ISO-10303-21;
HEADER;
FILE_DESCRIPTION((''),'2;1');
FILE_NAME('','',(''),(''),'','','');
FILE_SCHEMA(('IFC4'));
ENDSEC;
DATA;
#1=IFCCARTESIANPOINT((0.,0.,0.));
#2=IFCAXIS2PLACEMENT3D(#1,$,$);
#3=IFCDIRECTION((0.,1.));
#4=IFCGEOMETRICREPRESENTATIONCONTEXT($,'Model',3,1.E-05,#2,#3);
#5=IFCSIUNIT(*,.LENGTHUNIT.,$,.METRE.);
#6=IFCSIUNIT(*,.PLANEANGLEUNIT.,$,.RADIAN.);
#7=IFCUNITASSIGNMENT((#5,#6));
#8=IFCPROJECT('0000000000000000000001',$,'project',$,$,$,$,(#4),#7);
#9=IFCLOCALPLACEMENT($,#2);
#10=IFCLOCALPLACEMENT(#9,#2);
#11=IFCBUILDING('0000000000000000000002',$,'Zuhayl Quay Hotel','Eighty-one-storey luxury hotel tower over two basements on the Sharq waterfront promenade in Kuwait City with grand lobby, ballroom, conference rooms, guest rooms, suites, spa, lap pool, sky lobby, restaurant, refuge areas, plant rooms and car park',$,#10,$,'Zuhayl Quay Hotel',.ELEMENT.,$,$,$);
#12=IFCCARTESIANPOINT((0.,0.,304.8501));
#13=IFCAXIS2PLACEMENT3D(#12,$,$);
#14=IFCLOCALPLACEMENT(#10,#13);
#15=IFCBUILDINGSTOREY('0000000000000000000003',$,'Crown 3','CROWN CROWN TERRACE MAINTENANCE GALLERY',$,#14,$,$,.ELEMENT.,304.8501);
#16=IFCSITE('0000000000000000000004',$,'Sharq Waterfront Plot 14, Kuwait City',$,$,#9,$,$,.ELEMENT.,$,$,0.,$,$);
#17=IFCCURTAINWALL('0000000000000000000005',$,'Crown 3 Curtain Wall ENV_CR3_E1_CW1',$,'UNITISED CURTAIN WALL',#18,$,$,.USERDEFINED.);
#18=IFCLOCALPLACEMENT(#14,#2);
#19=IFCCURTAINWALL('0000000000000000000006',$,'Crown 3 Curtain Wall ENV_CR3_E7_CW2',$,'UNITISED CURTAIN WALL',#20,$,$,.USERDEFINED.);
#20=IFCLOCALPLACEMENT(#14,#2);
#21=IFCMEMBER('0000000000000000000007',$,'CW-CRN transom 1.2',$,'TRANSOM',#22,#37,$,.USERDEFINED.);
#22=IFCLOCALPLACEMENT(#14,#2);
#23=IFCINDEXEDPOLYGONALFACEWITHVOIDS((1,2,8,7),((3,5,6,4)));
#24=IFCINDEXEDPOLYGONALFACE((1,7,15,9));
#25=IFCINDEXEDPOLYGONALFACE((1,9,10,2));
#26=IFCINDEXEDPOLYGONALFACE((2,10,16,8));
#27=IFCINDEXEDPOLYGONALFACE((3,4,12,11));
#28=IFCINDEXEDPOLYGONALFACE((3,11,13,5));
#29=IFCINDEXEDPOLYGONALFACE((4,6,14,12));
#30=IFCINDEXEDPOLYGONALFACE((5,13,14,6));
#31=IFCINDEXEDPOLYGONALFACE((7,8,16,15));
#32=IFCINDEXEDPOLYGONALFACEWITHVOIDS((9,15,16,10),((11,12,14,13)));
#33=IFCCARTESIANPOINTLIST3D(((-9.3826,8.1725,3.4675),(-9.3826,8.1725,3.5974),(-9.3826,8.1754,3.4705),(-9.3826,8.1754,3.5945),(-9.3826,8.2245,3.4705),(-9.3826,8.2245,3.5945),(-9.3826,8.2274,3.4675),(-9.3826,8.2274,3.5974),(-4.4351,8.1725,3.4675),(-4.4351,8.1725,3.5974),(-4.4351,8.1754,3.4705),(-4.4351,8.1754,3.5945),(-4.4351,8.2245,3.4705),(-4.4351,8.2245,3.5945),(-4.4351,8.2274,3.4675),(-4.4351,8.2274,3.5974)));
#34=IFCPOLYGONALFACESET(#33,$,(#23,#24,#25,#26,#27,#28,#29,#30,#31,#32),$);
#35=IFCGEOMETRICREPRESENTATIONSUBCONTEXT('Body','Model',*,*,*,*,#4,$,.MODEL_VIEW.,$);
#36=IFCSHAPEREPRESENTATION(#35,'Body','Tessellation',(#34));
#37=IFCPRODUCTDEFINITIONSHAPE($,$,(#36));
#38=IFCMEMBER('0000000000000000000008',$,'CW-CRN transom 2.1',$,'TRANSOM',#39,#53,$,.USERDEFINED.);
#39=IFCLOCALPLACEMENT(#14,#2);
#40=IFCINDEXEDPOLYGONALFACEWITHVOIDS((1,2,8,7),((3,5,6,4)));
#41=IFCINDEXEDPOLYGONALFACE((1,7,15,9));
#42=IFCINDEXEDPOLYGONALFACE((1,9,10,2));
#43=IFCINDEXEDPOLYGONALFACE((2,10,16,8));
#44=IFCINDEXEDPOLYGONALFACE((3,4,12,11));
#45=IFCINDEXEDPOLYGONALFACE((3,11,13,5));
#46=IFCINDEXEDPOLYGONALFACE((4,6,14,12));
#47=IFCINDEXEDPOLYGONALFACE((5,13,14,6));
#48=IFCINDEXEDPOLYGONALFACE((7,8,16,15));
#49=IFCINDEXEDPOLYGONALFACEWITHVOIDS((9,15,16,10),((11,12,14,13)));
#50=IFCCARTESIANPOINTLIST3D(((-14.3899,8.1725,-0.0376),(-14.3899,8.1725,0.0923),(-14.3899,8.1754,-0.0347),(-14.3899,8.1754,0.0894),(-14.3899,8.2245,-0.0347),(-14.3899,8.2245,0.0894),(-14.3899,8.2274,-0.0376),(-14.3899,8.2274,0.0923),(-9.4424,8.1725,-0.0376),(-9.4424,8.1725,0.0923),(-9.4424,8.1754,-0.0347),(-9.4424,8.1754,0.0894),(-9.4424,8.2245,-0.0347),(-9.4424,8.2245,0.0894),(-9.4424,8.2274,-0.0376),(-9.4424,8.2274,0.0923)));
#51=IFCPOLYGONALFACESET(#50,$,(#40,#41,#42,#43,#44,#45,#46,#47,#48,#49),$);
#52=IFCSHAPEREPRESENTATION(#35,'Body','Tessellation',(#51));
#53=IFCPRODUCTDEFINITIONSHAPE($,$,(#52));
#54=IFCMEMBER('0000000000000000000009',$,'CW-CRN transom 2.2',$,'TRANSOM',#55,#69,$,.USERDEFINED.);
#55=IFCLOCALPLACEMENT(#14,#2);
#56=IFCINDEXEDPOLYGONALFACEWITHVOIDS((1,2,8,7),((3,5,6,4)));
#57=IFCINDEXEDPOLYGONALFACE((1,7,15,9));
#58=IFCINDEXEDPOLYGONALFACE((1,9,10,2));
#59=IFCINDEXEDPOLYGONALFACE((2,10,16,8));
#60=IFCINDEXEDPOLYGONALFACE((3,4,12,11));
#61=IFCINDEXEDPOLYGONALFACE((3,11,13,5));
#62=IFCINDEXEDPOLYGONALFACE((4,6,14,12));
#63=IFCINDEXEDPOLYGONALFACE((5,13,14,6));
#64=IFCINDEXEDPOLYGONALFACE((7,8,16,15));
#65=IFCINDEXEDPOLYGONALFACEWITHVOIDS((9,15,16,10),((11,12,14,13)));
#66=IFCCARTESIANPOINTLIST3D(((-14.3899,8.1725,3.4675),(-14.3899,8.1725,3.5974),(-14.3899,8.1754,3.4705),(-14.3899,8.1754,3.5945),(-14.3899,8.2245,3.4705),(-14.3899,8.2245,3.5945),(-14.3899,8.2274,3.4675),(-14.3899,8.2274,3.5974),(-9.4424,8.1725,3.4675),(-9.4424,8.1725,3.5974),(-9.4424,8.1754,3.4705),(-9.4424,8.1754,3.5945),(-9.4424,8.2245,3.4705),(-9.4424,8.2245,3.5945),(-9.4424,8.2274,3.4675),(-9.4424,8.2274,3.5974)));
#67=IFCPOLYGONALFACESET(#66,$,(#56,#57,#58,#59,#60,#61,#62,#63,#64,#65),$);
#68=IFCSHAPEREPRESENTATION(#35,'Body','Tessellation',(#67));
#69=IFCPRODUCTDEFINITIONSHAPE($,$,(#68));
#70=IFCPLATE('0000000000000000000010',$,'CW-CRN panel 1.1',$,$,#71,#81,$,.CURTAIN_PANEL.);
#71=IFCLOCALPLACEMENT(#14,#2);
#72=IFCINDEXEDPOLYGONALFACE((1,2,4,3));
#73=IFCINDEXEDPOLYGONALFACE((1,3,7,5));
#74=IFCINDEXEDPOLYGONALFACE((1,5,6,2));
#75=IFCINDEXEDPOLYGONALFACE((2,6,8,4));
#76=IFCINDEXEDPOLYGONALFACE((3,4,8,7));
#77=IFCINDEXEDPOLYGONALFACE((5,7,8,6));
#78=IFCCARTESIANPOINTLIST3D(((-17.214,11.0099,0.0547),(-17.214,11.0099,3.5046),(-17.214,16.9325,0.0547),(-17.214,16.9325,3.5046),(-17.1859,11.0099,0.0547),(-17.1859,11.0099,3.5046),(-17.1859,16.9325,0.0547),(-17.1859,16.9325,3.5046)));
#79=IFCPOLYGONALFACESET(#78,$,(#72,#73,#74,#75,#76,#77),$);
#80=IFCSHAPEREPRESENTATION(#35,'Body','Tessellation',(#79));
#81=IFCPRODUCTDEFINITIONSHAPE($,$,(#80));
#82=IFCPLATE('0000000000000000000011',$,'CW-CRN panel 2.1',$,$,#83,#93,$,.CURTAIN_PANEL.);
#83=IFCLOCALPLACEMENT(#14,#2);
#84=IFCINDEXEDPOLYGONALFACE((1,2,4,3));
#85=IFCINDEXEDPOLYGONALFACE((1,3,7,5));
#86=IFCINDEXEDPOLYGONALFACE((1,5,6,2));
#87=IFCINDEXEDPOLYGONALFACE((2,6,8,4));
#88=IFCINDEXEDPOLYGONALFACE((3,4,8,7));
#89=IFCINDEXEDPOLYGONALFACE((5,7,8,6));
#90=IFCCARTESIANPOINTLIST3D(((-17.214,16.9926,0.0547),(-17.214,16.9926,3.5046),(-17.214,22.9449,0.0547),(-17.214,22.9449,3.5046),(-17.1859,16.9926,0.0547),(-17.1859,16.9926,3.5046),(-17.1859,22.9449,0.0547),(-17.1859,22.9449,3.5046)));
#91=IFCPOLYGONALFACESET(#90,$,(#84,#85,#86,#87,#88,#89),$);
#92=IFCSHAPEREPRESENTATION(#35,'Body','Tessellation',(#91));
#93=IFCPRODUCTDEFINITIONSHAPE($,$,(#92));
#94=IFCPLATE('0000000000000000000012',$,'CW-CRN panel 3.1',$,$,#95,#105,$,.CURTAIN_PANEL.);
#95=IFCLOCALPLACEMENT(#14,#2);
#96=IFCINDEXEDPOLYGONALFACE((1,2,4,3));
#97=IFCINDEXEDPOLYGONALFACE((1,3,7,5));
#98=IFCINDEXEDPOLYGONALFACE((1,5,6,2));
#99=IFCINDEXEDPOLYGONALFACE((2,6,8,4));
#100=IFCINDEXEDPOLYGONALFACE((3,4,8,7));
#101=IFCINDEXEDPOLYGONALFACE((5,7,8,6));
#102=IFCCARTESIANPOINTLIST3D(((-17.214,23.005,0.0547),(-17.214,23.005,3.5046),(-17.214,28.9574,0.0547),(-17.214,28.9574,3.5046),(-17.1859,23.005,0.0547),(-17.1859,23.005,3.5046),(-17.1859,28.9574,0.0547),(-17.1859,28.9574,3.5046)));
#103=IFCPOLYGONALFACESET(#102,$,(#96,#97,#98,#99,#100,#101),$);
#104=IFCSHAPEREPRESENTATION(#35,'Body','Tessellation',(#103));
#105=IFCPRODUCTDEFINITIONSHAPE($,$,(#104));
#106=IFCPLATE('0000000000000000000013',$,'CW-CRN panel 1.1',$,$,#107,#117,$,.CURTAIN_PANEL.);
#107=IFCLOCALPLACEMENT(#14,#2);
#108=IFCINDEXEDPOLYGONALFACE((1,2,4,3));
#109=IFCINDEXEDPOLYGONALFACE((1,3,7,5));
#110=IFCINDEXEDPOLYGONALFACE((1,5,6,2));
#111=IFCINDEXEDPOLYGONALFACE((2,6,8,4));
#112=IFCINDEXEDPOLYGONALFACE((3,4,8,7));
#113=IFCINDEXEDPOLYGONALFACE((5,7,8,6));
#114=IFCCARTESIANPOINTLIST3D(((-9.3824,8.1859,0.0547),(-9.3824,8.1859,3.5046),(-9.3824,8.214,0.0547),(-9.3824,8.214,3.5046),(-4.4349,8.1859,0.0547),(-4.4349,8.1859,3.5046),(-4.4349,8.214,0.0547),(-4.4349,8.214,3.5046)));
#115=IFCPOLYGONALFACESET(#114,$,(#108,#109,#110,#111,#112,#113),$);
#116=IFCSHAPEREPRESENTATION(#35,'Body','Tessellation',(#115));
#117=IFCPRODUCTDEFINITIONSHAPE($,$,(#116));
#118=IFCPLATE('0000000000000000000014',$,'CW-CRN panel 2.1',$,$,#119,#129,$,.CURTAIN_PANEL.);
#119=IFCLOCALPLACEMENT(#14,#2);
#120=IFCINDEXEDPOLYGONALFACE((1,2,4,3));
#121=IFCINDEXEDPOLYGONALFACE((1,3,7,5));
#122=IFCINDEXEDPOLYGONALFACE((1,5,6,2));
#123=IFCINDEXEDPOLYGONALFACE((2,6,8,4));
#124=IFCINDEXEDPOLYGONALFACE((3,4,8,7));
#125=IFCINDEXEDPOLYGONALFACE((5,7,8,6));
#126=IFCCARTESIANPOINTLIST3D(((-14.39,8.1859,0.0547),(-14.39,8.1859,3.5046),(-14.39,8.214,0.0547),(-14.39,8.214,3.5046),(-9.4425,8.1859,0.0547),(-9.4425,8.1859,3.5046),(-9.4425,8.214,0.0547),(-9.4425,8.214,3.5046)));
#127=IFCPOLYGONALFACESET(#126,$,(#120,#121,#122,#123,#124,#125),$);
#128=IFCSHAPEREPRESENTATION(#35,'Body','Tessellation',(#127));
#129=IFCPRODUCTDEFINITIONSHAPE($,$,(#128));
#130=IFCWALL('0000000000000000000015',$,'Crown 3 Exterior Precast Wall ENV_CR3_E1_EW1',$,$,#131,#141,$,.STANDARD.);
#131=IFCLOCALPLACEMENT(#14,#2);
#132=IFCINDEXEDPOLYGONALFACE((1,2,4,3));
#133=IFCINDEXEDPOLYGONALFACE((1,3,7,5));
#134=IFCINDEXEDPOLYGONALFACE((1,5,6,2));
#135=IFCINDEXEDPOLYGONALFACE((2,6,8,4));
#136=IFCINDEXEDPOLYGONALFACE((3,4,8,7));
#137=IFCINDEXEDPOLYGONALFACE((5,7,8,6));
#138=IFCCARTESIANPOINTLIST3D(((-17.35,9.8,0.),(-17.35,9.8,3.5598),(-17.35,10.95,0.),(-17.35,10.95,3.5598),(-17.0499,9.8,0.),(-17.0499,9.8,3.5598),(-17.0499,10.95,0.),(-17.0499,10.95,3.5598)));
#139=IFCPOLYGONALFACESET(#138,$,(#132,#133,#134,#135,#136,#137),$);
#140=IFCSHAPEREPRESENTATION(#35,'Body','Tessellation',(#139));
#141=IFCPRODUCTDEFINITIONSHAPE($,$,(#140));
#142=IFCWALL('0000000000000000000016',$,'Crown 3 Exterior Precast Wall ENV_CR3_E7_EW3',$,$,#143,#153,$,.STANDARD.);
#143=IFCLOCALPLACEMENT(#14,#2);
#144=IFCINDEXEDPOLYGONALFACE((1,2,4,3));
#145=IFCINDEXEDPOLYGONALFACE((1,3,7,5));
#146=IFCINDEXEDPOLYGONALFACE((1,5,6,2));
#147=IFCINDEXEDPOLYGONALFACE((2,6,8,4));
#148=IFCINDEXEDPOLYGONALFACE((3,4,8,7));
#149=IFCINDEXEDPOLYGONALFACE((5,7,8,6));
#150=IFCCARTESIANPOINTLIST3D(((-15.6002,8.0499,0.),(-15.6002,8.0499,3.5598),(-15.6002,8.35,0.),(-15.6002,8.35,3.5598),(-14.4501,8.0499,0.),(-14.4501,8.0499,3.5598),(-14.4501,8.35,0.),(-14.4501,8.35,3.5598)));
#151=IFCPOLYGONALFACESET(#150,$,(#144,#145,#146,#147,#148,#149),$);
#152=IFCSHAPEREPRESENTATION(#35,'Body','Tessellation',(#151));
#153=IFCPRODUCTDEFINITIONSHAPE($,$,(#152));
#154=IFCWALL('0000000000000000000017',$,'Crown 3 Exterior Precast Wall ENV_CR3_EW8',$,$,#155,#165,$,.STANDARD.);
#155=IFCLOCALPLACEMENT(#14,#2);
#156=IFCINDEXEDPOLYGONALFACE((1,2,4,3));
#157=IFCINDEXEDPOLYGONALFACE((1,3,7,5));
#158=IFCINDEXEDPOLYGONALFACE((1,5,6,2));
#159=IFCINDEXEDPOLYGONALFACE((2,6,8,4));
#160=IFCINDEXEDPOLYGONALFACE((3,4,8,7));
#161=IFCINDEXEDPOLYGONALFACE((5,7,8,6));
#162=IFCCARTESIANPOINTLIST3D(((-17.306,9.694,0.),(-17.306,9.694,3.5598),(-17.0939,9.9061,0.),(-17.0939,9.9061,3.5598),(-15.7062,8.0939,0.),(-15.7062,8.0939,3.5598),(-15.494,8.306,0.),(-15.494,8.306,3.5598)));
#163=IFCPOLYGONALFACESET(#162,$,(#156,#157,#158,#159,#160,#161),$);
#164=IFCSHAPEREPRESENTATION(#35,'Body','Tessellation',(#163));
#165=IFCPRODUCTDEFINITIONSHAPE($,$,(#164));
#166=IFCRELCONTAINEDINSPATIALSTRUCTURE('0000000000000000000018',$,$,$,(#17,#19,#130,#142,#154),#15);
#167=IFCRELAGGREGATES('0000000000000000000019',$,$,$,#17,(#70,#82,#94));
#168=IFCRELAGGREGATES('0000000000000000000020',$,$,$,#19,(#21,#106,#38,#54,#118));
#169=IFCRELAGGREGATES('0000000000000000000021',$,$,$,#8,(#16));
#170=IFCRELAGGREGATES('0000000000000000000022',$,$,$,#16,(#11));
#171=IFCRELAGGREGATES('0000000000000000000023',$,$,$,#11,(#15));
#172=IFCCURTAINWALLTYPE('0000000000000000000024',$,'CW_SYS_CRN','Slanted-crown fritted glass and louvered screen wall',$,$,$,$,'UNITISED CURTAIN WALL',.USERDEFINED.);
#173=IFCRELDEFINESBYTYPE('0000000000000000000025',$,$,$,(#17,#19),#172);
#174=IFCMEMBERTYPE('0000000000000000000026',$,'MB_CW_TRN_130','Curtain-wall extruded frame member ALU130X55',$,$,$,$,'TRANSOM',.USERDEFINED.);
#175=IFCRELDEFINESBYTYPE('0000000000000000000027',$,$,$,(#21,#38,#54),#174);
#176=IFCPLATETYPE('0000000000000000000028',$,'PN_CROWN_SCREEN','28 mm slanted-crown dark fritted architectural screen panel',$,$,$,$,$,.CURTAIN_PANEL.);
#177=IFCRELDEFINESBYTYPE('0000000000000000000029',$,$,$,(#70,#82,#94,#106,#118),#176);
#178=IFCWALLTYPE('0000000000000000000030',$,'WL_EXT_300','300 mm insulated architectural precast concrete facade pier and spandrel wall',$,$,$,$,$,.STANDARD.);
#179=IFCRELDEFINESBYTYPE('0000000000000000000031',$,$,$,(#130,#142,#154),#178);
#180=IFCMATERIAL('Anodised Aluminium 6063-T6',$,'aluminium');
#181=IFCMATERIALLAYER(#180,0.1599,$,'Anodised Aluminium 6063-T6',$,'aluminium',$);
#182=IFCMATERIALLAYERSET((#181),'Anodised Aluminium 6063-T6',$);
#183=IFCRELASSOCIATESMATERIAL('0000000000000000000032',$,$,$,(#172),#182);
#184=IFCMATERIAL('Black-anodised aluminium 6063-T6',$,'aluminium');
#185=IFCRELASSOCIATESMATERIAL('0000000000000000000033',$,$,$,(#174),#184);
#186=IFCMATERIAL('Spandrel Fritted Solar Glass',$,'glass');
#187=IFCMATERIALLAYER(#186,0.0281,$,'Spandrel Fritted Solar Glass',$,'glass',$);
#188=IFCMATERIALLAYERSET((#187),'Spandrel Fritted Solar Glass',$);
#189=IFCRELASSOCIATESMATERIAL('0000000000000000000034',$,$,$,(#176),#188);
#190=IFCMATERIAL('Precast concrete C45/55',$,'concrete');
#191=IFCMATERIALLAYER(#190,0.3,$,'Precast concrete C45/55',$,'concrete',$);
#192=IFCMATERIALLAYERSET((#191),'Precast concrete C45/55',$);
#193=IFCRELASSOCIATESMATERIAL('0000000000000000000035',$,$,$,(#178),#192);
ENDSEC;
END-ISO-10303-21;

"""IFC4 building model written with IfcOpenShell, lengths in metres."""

from ifc_helpers import new_model, si_unit, direction, frame, frame_2d, origin, origin_2d, place, context, subcontext, project, spatial, rectangle, hollow_rectangle, extrude, material, layer, layer_set, material_profile, profile_set, type_object, element, aggregate, save


model = new_model("IFC4")

# Units and contexts
model_context = context("Model", 3, precision=1e-05, world=origin(), true_north=direction((0.0, 1.0)))
body_context = subcontext(model_context, "Body", "Model", "MODEL_VIEW")
ifc_project = project(units=[si_unit("LENGTHUNIT", "METRE"), si_unit("PLANEANGLEUNIT", "RADIAN")], contexts=[model_context])

# Site, building, storey
site_placement = place(None, origin())
site = spatial("IfcSite", under=ifc_project, at=site_placement, Name="Sharq Waterfront Plot 14, Kuwait City", CompositionType="ELEMENT", RefElevation=0.0)
building_placement = place(site_placement, origin())
building = spatial("IfcBuilding", under=site, at=building_placement, Name="Zuhayl Quay Hotel", Description="Eighty-one-storey luxury hotel tower over two basements on the Sharq waterfront promenade in Kuwait City with grand lobby, ballroom, conference rooms, guest rooms, suites, spa, lap pool, sky lobby, restaurant, refuge areas, plant rooms and car park", LongName="Zuhayl Quay Hotel", CompositionType="ELEMENT")
storey_placement = place(building_placement, frame((0.0, 0.0, 304.8501)))
storey = spatial("IfcBuildingStorey", under=building, at=storey_placement, Name="Crown 3", Description="CROWN CROWN TERRACE MAINTENANCE GALLERY", CompositionType="ELEMENT", Elevation=304.8501)

# Curtain walls
ifc_material_1 = material(Name="Anodised Aluminium 6063-T6", Category="aluminium")
ifc_layer_1 = layer(ifc_material_1, 0.1599, Name="Anodised Aluminium 6063-T6", Category="aluminium")
ifc_layer_set_1 = layer_set([ifc_layer_1], Name="Anodised Aluminium 6063-T6")
curtain_wall_type = type_object("IfcCurtainWallType", Name="CW_SYS_CRN", Description="Slanted-crown fritted glass and louvered screen wall", ElementType="UNITISED CURTAIN WALL", PredefinedType="USERDEFINED", material=ifc_layer_set_1)
curtain_wall_1_placement = place(storey_placement, origin())
curtain_wall_1 = element("IfcCurtainWall", 1, at=curtain_wall_1_placement, inside=storey, type_object=curtain_wall_type, Name="Crown 3 Curtain Wall ENV_CR3_E1_CW1", ObjectType="UNITISED CURTAIN WALL", PredefinedType="USERDEFINED")
ifc_material_2 = material(Name="Black-anodised aluminium 6063-T6", Category="aluminium")
curtain_wall_2_placement = place(storey_placement, origin())
curtain_wall_2 = element("IfcCurtainWall", 2, at=curtain_wall_2_placement, inside=storey, type_object=curtain_wall_type, Name="Crown 3 Curtain Wall ENV_CR3_E7_CW2", ObjectType="UNITISED CURTAIN WALL", PredefinedType="USERDEFINED")

# Members
ifc_material_profile_1 = material_profile(ifc_material_2, hollow_rectangle(XDim=0.0549, YDim=0.1299, WallThickness=0.0029, at=origin_2d()), Name="ALU130X55")
ifc_profile_set_1 = profile_set([ifc_material_profile_1], Name="Black-anodised aluminium 6063-T6")
member_type_1 = type_object("IfcMemberType", Name="MB_CW_TRN_130", Description="Curtain-wall extruded frame member ALU130X55", ElementType="TRANSOM", PredefinedType="USERDEFINED", material=ifc_profile_set_1)
member_1_placement = place(storey_placement, frame((-4.4351, 8.2, 3.5325), z_axis=(-1.0, 0.0, 0.0), x_axis=(0.0, -1.0, 0.0)))
member_1 = element("IfcMember", 3, at=member_1_placement, type_object=member_type_1, Name="CW-CRN transom 1.2", ObjectType="TRANSOM", PredefinedType="USERDEFINED", context=body_context, shape_type="SweptSolid", body=[
    extrude(hollow_rectangle(XDim=0.0549, YDim=0.1299, WallThickness=0.0029, at=origin_2d()), origin(), (0.0, 0.0, 1.0), 4.9475),
])
member_2_placement = place(storey_placement, frame((-9.4424, 8.2, 0.0273), z_axis=(-1.0, 0.0, 0.0), x_axis=(0.0, -1.0, 0.0)))
member_2 = element("IfcMember", 4, at=member_2_placement, type_object=member_type_1, Name="CW-CRN transom 2.1", ObjectType="TRANSOM", PredefinedType="USERDEFINED", context=body_context, shape_type="SweptSolid", body=[
    extrude(hollow_rectangle(XDim=0.0549, YDim=0.1299, WallThickness=0.0029, at=origin_2d()), origin(), (0.0, 0.0, 1.0), 4.9475),
])
member_3_placement = place(storey_placement, frame((-9.4424, 8.2, 3.5325), z_axis=(-1.0, 0.0, 0.0), x_axis=(0.0, -1.0, 0.0)))
member_3 = element("IfcMember", 5, at=member_3_placement, type_object=member_type_1, Name="CW-CRN transom 2.2", ObjectType="TRANSOM", PredefinedType="USERDEFINED", context=body_context, shape_type="SweptSolid", body=[
    extrude(hollow_rectangle(XDim=0.0549, YDim=0.1299, WallThickness=0.0029, at=origin_2d()), origin(), (0.0, 0.0, 1.0), 4.9475),
])

# Plates
ifc_material_3 = material(Name="Spandrel Fritted Solar Glass", Category="glass")
ifc_layer_2 = layer(ifc_material_3, 0.0281, Name="Spandrel Fritted Solar Glass", Category="glass")
ifc_layer_set_2 = layer_set([ifc_layer_2], Name="Spandrel Fritted Solar Glass")
plate_type = type_object("IfcPlateType", Name="PN_CROWN_SCREEN", Description="28 mm slanted-crown dark fritted architectural screen panel", PredefinedType="CURTAIN_PANEL", material=ifc_layer_set_2)
plate_1_placement = place(storey_placement, frame((-17.2, 13.9712, 0.0547), z_axis=(0.0, 0.0, 1.0), x_axis=(0.0, 1.0, 0.0)))
plate_1 = element("IfcPlate", 6, at=plate_1_placement, type_object=plate_type, Name="CW-CRN panel 1.1", PredefinedType="CURTAIN_PANEL", context=body_context, shape_type="SweptSolid", body=[
    extrude(rectangle(XDim=5.9226, YDim=0.0281, at=origin_2d()), origin(), (0.0, 0.0, 1.0), 3.45),
])
plate_2_placement = place(storey_placement, frame((-17.2, 19.9688, 0.0547), z_axis=(0.0, 0.0, 1.0), x_axis=(0.0, 1.0, 0.0)))
plate_2 = element("IfcPlate", 7, at=plate_2_placement, type_object=plate_type, Name="CW-CRN panel 2.1", PredefinedType="CURTAIN_PANEL", context=body_context, shape_type="SweptSolid", body=[
    extrude(rectangle(XDim=5.9524, YDim=0.0281, at=origin_2d()), origin(), (0.0, 0.0, 1.0), 3.45),
])
plate_3_placement = place(storey_placement, frame((-17.2, 25.9812, 0.0547), z_axis=(0.0, 0.0, 1.0), x_axis=(0.0, 1.0, 0.0)))
plate_3 = element("IfcPlate", 8, at=plate_3_placement, type_object=plate_type, Name="CW-CRN panel 3.1", PredefinedType="CURTAIN_PANEL", context=body_context, shape_type="SweptSolid", body=[
    extrude(rectangle(XDim=5.9524, YDim=0.0281, at=origin_2d()), origin(), (0.0, 0.0, 1.0), 3.45),
])
aggregate(curtain_wall_1, [plate_1, plate_2, plate_3])
plate_4_placement = place(storey_placement, frame((-6.9087, 8.2, 0.0547), z_axis=(0.0, 0.0, 1.0), x_axis=(-1.0, 0.0, 0.0)))
plate_4 = element("IfcPlate", 9, at=plate_4_placement, type_object=plate_type, Name="CW-CRN panel 1.1", PredefinedType="CURTAIN_PANEL", context=body_context, shape_type="SweptSolid", body=[
    extrude(rectangle(XDim=4.9475, YDim=0.0281, at=origin_2d()), origin(), (0.0, 0.0, 1.0), 3.45),
])
plate_5_placement = place(storey_placement, frame((-11.9163, 8.2, 0.0547), z_axis=(0.0, 0.0, 1.0), x_axis=(-1.0, 0.0, 0.0)))
plate_5 = element("IfcPlate", 10, at=plate_5_placement, type_object=plate_type, Name="CW-CRN panel 2.1", PredefinedType="CURTAIN_PANEL", context=body_context, shape_type="SweptSolid", body=[
    extrude(rectangle(XDim=4.9475, YDim=0.0281, at=origin_2d()), origin(), (0.0, 0.0, 1.0), 3.45),
])
aggregate(curtain_wall_2, [member_1, plate_4, member_2, member_3, plate_5])

# Walls
ifc_material_4 = material(Name="Precast concrete C45/55", Category="concrete")
ifc_layer_3 = layer(ifc_material_4, 0.3, Name="Precast concrete C45/55", Category="concrete")
ifc_layer_set_3 = layer_set([ifc_layer_3], Name="Precast concrete C45/55")
wall_type_1 = type_object("IfcWallType", Name="WL_EXT_300", Description="300 mm insulated architectural precast concrete facade pier and spandrel wall", PredefinedType="STANDARD", material=ifc_layer_set_3)
wall_1_placement = place(storey_placement, frame((-17.2, 9.8, 0.0), z_axis=(0.0, 0.0, 1.0), x_axis=(0.0, 1.0, 0.0)))
element("IfcWall", 11, at=wall_1_placement, inside=storey, type_object=wall_type_1, Name="Crown 3 Exterior Precast Wall ENV_CR3_E1_EW1", PredefinedType="STANDARD", context=body_context, shape_type="SweptSolid", body=[
    extrude(rectangle(XDim=1.1499, YDim=0.3, at=frame_2d((0.575, 0.0))), origin(), (0.0, 0.0, 1.0), 3.5598),
])
wall_2_placement = place(storey_placement, frame((-14.45, 8.2, 0.0), z_axis=(0.0, 0.0, 1.0), x_axis=(-1.0, 0.0, 0.0)))
element("IfcWall", 12, at=wall_2_placement, inside=storey, type_object=wall_type_1, Name="Crown 3 Exterior Precast Wall ENV_CR3_E7_EW3", PredefinedType="STANDARD", context=body_context, shape_type="SweptSolid", body=[
    extrude(rectangle(XDim=1.1501, YDim=0.3, at=frame_2d((0.5752, 0.0))), origin(), (0.0, 0.0, 1.0), 3.5598),
])
wall_3_placement = place(storey_placement, frame((-15.6001, 8.2, 0.0), z_axis=(0.0, 0.0, 1.0), x_axis=(-0.707053, 0.707161, 0.0)))
element("IfcWall", 13, at=wall_3_placement, inside=storey, type_object=wall_type_1, Name="Crown 3 Exterior Precast Wall ENV_CR3_EW8", PredefinedType="STANDARD", context=body_context, shape_type="SweptSolid", body=[
    extrude(rectangle(XDim=2.2627, YDim=0.3, at=frame_2d((1.1313, 0.0))), origin(), (0.0, 0.0, 1.0), 3.5598),
])

save(model, "model.ifc")
